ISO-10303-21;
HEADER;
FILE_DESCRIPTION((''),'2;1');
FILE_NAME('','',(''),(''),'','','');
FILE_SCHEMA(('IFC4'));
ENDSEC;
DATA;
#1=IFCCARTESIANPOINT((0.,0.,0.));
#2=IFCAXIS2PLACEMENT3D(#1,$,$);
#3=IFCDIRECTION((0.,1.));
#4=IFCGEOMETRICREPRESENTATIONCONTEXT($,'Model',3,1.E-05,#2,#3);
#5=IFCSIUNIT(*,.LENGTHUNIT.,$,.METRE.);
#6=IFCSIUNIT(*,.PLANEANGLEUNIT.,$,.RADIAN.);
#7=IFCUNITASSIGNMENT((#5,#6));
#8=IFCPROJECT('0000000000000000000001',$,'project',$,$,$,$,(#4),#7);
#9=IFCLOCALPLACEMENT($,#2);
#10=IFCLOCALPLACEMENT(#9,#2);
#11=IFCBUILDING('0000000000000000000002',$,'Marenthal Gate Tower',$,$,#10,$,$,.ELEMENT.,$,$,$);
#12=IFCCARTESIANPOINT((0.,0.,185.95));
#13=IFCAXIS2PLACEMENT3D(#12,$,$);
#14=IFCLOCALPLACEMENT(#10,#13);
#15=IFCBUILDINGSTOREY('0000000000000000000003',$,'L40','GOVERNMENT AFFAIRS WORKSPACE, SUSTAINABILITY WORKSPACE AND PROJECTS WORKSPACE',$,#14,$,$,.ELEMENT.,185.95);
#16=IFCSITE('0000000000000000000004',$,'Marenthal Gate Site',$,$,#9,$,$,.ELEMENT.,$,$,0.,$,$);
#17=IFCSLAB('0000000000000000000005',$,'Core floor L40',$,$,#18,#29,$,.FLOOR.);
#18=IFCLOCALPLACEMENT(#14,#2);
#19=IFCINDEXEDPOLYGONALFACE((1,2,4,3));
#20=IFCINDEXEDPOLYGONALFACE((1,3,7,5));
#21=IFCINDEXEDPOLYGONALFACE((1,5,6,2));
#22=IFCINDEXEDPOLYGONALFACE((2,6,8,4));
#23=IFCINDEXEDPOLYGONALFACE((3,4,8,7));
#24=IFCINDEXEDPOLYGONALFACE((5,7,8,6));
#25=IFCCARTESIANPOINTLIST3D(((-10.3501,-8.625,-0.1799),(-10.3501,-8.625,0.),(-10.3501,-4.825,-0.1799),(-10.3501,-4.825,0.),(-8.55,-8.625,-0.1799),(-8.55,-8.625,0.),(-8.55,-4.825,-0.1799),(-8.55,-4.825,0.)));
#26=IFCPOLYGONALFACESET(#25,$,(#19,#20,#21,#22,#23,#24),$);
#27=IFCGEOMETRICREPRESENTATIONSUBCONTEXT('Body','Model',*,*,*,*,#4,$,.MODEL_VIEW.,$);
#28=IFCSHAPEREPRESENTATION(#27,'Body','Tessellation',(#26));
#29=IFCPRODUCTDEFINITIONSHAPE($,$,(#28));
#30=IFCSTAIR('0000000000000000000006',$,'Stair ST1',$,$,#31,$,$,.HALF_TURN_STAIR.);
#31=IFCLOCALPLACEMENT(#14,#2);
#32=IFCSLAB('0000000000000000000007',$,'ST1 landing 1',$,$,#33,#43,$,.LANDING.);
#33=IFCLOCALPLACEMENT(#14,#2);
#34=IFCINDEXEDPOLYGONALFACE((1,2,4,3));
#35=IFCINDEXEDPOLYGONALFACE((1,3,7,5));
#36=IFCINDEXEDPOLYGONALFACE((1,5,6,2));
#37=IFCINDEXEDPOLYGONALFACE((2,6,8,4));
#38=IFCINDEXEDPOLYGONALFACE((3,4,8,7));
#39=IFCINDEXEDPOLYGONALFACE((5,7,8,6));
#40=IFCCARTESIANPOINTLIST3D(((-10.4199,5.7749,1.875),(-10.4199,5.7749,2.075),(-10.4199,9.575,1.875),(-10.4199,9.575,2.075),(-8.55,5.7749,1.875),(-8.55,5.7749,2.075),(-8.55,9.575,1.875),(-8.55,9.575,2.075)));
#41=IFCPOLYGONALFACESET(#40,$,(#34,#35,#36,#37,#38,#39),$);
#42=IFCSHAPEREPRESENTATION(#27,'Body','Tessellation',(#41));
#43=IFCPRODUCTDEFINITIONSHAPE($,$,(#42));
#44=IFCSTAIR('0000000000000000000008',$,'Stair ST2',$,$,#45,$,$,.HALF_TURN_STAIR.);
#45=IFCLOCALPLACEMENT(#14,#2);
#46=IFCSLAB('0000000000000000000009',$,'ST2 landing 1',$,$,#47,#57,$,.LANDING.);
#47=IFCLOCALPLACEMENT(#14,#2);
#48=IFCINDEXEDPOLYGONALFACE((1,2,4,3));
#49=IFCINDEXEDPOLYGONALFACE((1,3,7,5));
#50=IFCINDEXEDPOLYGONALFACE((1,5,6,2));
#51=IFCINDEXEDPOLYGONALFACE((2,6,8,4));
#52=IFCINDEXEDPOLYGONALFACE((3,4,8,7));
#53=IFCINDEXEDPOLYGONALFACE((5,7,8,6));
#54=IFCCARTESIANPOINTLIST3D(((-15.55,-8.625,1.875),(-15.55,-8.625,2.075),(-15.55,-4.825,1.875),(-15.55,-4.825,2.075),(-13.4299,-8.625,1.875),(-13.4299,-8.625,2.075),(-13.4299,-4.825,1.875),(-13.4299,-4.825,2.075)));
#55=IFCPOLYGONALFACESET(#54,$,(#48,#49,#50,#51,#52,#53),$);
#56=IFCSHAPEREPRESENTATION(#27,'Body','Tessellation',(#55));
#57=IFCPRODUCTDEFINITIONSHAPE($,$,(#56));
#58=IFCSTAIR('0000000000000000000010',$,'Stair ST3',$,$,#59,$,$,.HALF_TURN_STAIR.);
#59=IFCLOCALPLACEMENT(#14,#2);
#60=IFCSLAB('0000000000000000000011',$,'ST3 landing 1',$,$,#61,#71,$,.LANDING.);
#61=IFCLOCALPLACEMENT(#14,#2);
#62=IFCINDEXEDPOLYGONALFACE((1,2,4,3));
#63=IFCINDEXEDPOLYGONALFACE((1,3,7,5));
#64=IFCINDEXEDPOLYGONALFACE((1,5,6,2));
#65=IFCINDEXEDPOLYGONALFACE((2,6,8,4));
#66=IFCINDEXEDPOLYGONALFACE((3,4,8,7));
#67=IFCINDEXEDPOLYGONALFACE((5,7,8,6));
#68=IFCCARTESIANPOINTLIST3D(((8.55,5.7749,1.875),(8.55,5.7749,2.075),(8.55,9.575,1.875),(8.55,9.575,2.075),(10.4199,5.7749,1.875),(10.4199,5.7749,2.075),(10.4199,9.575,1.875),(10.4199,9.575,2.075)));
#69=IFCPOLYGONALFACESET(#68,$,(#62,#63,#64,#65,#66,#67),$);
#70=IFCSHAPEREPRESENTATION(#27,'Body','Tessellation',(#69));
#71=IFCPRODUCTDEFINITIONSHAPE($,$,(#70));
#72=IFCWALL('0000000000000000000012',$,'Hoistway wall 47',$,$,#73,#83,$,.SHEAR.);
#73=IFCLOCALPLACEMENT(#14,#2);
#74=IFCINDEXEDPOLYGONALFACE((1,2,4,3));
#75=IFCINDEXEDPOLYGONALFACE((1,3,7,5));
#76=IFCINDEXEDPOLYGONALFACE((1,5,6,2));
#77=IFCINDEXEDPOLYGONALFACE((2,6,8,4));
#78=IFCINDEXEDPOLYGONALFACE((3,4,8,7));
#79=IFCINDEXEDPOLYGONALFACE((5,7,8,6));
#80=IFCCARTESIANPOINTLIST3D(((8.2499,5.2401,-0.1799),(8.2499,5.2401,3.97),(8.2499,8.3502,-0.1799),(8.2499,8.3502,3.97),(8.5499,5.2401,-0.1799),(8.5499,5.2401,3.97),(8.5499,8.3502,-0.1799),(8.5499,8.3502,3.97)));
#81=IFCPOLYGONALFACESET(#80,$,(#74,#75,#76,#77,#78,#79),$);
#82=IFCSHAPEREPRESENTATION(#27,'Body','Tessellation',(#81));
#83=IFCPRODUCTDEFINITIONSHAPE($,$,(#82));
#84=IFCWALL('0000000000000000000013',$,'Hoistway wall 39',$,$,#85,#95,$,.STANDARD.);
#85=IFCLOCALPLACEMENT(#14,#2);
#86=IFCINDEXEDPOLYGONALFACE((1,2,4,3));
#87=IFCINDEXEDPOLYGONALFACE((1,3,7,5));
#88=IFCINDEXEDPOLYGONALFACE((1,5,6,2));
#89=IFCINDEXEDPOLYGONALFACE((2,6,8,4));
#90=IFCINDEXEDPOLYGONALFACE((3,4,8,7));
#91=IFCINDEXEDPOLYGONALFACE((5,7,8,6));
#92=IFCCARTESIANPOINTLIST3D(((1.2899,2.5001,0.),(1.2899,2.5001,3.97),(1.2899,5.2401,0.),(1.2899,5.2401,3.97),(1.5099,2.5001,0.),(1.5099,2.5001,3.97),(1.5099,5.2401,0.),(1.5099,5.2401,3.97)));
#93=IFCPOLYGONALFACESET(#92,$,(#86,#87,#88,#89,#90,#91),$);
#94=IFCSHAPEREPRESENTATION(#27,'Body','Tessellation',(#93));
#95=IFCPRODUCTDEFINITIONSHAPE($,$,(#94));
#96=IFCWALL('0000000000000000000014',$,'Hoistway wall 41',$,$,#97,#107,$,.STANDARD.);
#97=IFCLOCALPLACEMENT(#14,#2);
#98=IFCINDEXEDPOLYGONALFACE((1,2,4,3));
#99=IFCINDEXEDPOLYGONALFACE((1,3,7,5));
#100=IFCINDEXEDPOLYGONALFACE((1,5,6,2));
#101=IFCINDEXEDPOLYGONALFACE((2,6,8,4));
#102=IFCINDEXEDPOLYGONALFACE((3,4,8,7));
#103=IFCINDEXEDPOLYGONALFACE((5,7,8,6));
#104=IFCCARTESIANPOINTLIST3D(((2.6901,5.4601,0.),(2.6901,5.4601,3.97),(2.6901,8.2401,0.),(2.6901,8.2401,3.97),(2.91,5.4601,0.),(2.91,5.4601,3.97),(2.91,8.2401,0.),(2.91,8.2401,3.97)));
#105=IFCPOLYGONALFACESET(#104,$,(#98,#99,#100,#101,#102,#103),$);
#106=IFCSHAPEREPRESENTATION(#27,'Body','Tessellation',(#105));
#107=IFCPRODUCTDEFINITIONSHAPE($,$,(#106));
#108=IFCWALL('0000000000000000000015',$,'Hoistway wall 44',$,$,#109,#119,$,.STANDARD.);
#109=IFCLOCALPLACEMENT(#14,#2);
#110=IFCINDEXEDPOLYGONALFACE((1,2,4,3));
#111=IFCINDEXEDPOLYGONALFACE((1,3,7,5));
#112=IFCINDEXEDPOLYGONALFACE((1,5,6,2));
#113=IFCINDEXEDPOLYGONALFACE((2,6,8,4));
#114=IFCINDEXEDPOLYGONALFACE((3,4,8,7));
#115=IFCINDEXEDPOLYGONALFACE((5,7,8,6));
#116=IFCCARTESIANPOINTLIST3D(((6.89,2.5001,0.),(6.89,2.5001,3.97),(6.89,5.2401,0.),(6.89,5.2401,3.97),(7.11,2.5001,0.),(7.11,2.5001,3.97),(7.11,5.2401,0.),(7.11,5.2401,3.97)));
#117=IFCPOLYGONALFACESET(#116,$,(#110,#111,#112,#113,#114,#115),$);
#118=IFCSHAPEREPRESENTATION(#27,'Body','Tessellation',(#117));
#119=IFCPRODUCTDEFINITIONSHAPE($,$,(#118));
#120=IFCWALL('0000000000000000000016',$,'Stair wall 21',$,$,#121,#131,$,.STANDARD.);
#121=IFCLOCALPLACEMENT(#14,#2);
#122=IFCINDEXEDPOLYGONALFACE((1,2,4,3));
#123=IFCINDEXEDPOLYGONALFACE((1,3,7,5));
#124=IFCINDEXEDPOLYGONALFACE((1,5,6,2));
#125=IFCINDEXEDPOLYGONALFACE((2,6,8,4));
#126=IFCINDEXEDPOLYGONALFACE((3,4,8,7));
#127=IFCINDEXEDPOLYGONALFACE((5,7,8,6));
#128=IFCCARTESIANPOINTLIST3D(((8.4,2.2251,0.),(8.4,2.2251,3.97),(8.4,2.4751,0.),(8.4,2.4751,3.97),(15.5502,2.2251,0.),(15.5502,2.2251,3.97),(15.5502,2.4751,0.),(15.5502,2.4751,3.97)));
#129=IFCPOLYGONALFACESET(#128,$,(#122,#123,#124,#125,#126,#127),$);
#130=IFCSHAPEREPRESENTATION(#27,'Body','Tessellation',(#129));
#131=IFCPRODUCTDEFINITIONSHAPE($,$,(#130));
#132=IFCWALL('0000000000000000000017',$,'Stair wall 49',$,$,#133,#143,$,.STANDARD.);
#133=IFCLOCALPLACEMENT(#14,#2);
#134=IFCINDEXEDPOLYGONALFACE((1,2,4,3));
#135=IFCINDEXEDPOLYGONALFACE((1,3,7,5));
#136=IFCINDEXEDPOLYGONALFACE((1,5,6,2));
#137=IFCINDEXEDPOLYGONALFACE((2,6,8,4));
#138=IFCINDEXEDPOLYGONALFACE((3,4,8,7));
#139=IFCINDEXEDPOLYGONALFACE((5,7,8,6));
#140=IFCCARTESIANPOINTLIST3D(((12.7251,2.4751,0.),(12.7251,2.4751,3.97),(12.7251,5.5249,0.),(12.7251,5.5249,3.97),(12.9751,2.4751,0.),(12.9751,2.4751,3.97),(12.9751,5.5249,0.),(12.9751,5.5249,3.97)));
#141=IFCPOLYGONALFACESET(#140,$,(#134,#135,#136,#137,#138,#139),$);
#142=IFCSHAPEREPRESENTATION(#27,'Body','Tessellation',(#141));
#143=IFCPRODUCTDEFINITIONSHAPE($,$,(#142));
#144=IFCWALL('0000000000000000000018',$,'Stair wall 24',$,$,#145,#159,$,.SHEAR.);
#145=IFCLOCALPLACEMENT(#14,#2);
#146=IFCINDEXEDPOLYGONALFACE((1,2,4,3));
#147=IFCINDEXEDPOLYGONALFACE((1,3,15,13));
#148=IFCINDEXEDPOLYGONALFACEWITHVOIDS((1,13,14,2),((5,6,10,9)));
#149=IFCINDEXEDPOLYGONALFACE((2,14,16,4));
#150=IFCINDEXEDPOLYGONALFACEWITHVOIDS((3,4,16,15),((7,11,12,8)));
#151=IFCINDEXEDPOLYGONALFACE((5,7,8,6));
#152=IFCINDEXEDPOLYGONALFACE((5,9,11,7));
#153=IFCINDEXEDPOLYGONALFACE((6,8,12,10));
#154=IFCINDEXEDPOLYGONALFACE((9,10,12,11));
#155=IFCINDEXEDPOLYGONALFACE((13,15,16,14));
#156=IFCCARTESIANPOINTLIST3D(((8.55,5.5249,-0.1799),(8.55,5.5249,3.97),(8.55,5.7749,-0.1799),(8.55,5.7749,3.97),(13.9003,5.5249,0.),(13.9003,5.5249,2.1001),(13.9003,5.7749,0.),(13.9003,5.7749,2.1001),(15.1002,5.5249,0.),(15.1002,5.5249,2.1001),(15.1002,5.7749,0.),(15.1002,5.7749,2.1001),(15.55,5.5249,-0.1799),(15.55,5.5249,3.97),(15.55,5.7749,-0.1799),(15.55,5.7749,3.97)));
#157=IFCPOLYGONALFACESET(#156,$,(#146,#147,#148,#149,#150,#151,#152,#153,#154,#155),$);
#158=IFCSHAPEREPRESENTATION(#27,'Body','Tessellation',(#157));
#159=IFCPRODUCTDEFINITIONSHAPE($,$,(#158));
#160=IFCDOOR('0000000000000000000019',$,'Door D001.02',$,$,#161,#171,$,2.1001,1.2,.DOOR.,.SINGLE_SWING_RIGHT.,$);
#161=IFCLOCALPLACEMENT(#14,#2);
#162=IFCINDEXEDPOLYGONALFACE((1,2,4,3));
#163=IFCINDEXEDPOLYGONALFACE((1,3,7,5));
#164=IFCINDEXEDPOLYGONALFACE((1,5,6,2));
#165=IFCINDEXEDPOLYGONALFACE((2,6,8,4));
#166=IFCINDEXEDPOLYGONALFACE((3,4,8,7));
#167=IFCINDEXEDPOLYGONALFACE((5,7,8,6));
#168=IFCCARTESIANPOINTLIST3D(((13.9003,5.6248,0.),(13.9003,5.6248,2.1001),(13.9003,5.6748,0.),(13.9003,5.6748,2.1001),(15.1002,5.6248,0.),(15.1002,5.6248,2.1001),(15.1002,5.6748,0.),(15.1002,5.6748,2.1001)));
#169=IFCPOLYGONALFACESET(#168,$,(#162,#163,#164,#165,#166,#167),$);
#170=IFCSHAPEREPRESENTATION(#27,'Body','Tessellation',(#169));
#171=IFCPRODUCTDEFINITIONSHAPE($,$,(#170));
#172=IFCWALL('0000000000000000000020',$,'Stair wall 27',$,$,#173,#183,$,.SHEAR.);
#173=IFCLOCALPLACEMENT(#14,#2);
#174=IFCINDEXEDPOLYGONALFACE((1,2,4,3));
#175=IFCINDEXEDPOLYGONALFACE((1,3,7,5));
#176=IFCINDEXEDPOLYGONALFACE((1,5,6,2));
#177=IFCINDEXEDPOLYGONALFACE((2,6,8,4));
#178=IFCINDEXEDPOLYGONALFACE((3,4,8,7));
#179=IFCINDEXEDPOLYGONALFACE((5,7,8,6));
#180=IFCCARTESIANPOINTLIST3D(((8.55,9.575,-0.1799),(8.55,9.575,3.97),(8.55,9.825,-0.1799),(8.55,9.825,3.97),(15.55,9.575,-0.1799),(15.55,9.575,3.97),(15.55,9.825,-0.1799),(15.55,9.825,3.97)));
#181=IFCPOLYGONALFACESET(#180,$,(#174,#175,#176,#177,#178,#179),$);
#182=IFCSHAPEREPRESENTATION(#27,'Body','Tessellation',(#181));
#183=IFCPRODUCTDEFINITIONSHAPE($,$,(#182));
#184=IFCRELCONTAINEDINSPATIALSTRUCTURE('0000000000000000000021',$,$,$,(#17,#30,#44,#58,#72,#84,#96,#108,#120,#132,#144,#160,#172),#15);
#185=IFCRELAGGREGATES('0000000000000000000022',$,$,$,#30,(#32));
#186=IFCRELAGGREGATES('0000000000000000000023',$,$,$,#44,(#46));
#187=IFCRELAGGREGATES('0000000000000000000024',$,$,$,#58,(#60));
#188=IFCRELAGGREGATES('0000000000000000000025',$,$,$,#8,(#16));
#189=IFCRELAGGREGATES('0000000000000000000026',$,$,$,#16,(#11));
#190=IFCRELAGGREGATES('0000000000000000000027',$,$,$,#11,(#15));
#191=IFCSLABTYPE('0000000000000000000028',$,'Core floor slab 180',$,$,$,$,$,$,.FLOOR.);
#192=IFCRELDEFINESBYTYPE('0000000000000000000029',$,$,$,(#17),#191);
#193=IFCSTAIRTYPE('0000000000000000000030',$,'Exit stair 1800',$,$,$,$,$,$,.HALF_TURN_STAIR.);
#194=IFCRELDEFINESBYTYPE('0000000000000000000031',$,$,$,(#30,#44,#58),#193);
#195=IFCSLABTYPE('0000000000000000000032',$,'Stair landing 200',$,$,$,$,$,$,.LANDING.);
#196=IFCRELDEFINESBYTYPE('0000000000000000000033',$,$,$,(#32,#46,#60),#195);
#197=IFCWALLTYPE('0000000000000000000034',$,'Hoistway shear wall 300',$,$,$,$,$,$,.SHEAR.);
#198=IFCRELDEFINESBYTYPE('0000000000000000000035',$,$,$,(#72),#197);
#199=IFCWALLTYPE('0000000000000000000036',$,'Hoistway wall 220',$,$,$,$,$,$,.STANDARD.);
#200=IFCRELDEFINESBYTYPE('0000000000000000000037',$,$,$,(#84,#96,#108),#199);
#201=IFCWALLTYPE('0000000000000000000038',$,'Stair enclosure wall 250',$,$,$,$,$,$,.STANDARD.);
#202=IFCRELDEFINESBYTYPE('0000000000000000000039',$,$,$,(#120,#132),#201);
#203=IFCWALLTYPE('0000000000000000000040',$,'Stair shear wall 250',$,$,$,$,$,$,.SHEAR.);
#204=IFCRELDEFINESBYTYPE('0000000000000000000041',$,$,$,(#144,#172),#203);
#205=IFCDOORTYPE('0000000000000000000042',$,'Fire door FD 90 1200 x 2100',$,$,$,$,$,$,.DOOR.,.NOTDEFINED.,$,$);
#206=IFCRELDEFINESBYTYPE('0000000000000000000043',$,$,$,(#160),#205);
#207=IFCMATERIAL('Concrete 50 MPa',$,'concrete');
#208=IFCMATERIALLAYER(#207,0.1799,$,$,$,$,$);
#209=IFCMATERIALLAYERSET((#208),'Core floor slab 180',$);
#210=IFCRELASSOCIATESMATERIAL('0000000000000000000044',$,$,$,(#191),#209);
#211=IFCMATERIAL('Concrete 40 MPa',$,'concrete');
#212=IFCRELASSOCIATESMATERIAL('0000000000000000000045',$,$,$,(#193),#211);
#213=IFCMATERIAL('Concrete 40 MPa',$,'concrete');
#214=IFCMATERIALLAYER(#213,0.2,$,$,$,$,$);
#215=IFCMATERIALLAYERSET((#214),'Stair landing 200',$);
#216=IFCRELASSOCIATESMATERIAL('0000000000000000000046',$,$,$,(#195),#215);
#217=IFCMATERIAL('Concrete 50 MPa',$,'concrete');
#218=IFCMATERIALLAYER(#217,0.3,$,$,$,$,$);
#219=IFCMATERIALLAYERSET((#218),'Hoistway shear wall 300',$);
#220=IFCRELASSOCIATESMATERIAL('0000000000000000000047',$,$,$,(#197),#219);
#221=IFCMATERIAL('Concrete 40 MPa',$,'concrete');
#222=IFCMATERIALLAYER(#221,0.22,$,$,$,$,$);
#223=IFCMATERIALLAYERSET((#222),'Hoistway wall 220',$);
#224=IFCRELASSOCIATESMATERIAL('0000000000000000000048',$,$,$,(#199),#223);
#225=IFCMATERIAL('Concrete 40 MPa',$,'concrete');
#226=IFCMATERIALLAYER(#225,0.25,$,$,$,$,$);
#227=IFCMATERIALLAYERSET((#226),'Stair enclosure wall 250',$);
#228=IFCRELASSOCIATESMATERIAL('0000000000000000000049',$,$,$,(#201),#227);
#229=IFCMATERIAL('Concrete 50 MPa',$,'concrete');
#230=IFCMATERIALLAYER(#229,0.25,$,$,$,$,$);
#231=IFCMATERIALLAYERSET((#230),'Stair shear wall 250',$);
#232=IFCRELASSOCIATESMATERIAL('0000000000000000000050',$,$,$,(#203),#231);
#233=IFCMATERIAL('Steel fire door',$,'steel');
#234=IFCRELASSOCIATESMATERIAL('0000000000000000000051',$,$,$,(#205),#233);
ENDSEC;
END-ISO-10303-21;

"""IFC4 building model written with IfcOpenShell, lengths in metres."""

from ifc_helpers import new_model, si_unit, direction, frame, frame_2d, origin, place, context, subcontext, project, spatial, polyline, rectangle, outline, extrude, material, layer, layer_set, type_object, element, fill, aggregate, save


model = new_model("IFC4")

# Units and contexts
model_context = context("Model", 3, precision=1e-05, world=origin(), true_north=direction((0.0, 1.0)))
body_context = subcontext(model_context, "Body", "Model", "MODEL_VIEW")
ifc_project = project(units=[si_unit("LENGTHUNIT", "METRE"), si_unit("PLANEANGLEUNIT", "RADIAN")], contexts=[model_context])

# Site, building, storey
site_placement = place(None, origin())
site = spatial("IfcSite", under=ifc_project, at=site_placement, Name="Marenthal Gate Site", CompositionType="ELEMENT", RefElevation=0.0)
building_placement = place(site_placement, origin())
building = spatial("IfcBuilding", under=site, at=building_placement, Name="Marenthal Gate Tower", CompositionType="ELEMENT")
storey_placement = place(building_placement, frame((0.0, 0.0, 185.95)))
storey = spatial("IfcBuildingStorey", under=building, at=storey_placement, Name="L40", Description="GOVERNMENT AFFAIRS WORKSPACE, SUSTAINABILITY WORKSPACE AND PROJECTS WORKSPACE", CompositionType="ELEMENT", Elevation=185.95)

# Slab
ifc_material_1 = material(Name="Concrete 50 MPa", Category="concrete")
ifc_layer_1 = layer(ifc_material_1, 0.1799)
ifc_layer_set_1 = layer_set([ifc_layer_1], Name="Core floor slab 180")
slab_type_1 = type_object("IfcSlabType", Name="Core floor slab 180", PredefinedType="FLOOR", material=ifc_layer_set_1)
slab_1_placement = place(storey_placement, frame((0.0, 0.0, -0.1799)))
element("IfcSlab", 1, at=slab_1_placement, inside=storey, type_object=slab_type_1, Name="Core floor L40", PredefinedType="FLOOR", context=body_context, shape_type="SweptSolid", body=[
    extrude(outline(polyline([(-8.55, -8.625), (-10.3501, -8.625), (-10.3501, -4.825), (-8.55, -4.825), (-8.55, -8.625)])), origin(), (0.0, 0.0, 1.0), 0.1799),
])

# Stairs, slabs
ifc_material_2 = material(Name="Concrete 40 MPa", Category="concrete")
stair_type = type_object("IfcStairType", Name="Exit stair 1800", PredefinedType="HALF_TURN_STAIR", material=ifc_material_2)
stair_1_placement = place(storey_placement, origin())
stair_1 = element("IfcStair", 2, at=stair_1_placement, inside=storey, type_object=stair_type, Name="Stair ST1", PredefinedType="HALF_TURN_STAIR")
ifc_material_3 = material(Name="Concrete 40 MPa", Category="concrete")
ifc_layer_2 = layer(ifc_material_3, 0.2)
ifc_layer_set_2 = layer_set([ifc_layer_2], Name="Stair landing 200")
slab_type_2 = type_object("IfcSlabType", Name="Stair landing 200", PredefinedType="LANDING", material=ifc_layer_set_2)
slab_2_placement = place(storey_placement, frame((0.0, 0.0, 1.875)))
slab_2 = element("IfcSlab", 3, at=slab_2_placement, type_object=slab_type_2, Name="ST1 landing 1", PredefinedType="LANDING", context=body_context, shape_type="SweptSolid", body=[
    extrude(outline(polyline([(-10.4199, 5.7749), (-8.55, 5.7749), (-8.55, 9.575), (-10.4199, 9.575), (-10.4199, 5.7749)])), origin(), (0.0, 0.0, 1.0), 0.2),
])
aggregate(stair_1, [slab_2])
stair_2_placement = place(storey_placement, origin())
stair_2 = element("IfcStair", 4, at=stair_2_placement, inside=storey, type_object=stair_type, Name="Stair ST2", PredefinedType="HALF_TURN_STAIR")
slab_3_placement = place(storey_placement, frame((0.0, 0.0, 1.875)))
slab_3 = element("IfcSlab", 5, at=slab_3_placement, type_object=slab_type_2, Name="ST2 landing 1", PredefinedType="LANDING", context=body_context, shape_type="SweptSolid", body=[
    extrude(outline(polyline([(-15.55, -8.625), (-13.4299, -8.625), (-13.4299, -4.825), (-15.55, -4.825), (-15.55, -8.625)])), origin(), (0.0, 0.0, 1.0), 0.2),
])
aggregate(stair_2, [slab_3])
stair_3_placement = place(storey_placement, origin())
stair_3 = element("IfcStair", 6, at=stair_3_placement, inside=storey, type_object=stair_type, Name="Stair ST3", PredefinedType="HALF_TURN_STAIR")
slab_4_placement = place(storey_placement, frame((0.0, 0.0, 1.875)))
slab_4 = element("IfcSlab", 7, at=slab_4_placement, type_object=slab_type_2, Name="ST3 landing 1", PredefinedType="LANDING", context=body_context, shape_type="SweptSolid", body=[
    extrude(outline(polyline([(8.55, 5.7749), (10.4199, 5.7749), (10.4199, 9.575), (8.55, 9.575), (8.55, 5.7749)])), origin(), (0.0, 0.0, 1.0), 0.2),
])

# Walls
ifc_material_4 = material(Name="Concrete 50 MPa", Category="concrete")
ifc_layer_3 = layer(ifc_material_4, 0.3)
ifc_layer_set_3 = layer_set([ifc_layer_3], Name="Hoistway shear wall 300")
wall_type_1 = type_object("IfcWallType", Name="Hoistway shear wall 300", PredefinedType="SHEAR", material=ifc_layer_set_3)
wall_1_placement = place(storey_placement, frame((8.3999, 5.24, -0.1799), z_axis=(0.0, 0.0, 1.0), x_axis=(0.0, 1.0, 0.0)))
element("IfcWall", 8, at=wall_1_placement, inside=storey, type_object=wall_type_1, Name="Hoistway wall 47", PredefinedType="SHEAR", context=body_context, shape_type="SweptSolid", body=[
    extrude(rectangle(XDim=3.1101, YDim=0.3, at=frame_2d((1.5552, 0.0))), origin(), (0.0, 0.0, 1.0), 4.1499),
])
ifc_material_5 = material(Name="Concrete 40 MPa", Category="concrete")
ifc_layer_4 = layer(ifc_material_5, 0.22)
ifc_layer_set_4 = layer_set([ifc_layer_4], Name="Hoistway wall 220")
wall_type_2 = type_object("IfcWallType", Name="Hoistway wall 220", PredefinedType="STANDARD", material=ifc_layer_set_4)
wall_2_placement = place(storey_placement, frame((1.3999, 2.5, 0.0), z_axis=(0.0, 0.0, 1.0), x_axis=(0.0, 1.0, 0.0)))
element("IfcWall", 9, at=wall_2_placement, inside=storey, type_object=wall_type_2, Name="Hoistway wall 39", PredefinedType="STANDARD", context=body_context, shape_type="SweptSolid", body=[
    extrude(rectangle(XDim=2.74, YDim=0.22, at=frame_2d((1.3701, 0.0))), origin(), (0.0, 0.0, 1.0), 3.97),
])
wall_3_placement = place(storey_placement, frame((2.8, 5.46, 0.0), z_axis=(0.0, 0.0, 1.0), x_axis=(0.0, 1.0, 0.0)))
element("IfcWall", 10, at=wall_3_placement, inside=storey, type_object=wall_type_2, Name="Hoistway wall 41", PredefinedType="STANDARD", context=body_context, shape_type="SweptSolid", body=[
    extrude(rectangle(XDim=2.78, YDim=0.22, at=frame_2d((1.3901, 0.0))), origin(), (0.0, 0.0, 1.0), 3.97),
])
wall_4_placement = place(storey_placement, frame((7.0, 2.5, 0.0), z_axis=(0.0, 0.0, 1.0), x_axis=(0.0, 1.0, 0.0)))
element("IfcWall", 11, at=wall_4_placement, inside=storey, type_object=wall_type_2, Name="Hoistway wall 44", PredefinedType="STANDARD", context=body_context, shape_type="SweptSolid", body=[
    extrude(rectangle(XDim=2.74, YDim=0.22, at=frame_2d((1.3701, 0.0))), origin(), (0.0, 0.0, 1.0), 3.97),
])
ifc_material_6 = material(Name="Concrete 40 MPa", Category="concrete")
ifc_layer_5 = layer(ifc_material_6, 0.25)
ifc_layer_set_5 = layer_set([ifc_layer_5], Name="Stair enclosure wall 250")
wall_type_3 = type_object("IfcWallType", Name="Stair enclosure wall 250", PredefinedType="STANDARD", material=ifc_layer_set_5)
wall_5_placement = place(storey_placement, frame((8.3999, 2.3501, 0.0), z_axis=(0.0, 0.0, 1.0), x_axis=(1.0, 0.0, 0.0)))
element("IfcWall", 12, at=wall_5_placement, inside=storey, type_object=wall_type_3, Name="Stair wall 21", PredefinedType="STANDARD", context=body_context, shape_type="SweptSolid", body=[
    extrude(rectangle(XDim=7.1501, YDim=0.25, at=frame_2d((3.5752, 0.0))), origin(), (0.0, 0.0, 1.0), 3.97),
])
wall_6_placement = place(storey_placement, frame((12.8501, 2.4751, 0.0), z_axis=(0.0, 0.0, 1.0), x_axis=(0.0, 1.0, 0.0)))
element("IfcWall", 13, at=wall_6_placement, inside=storey, type_object=wall_type_3, Name="Stair wall 49", PredefinedType="STANDARD", context=body_context, shape_type="SweptSolid", body=[
    extrude(rectangle(XDim=3.0498, YDim=0.25, at=frame_2d((1.5249, 0.0))), origin(), (0.0, 0.0, 1.0), 3.97),
])

# Wall, opening, door
ifc_material_7 = material(Name="Concrete 50 MPa", Category="concrete")
ifc_layer_6 = layer(ifc_material_7, 0.25)
ifc_layer_set_6 = layer_set([ifc_layer_6], Name="Stair shear wall 250")
wall_type_4 = type_object("IfcWallType", Name="Stair shear wall 250", PredefinedType="SHEAR", material=ifc_layer_set_6)
wall_7_placement = place(storey_placement, frame((8.55, 5.6499, -0.1799), z_axis=(0.0, 0.0, 1.0), x_axis=(1.0, 0.0, 0.0)))
wall_7 = element("IfcWall", 14, at=wall_7_placement, inside=storey, type_object=wall_type_4, Name="Stair wall 24", PredefinedType="SHEAR", context=body_context, shape_type="SweptSolid", body=[
    extrude(rectangle(XDim=7.0, YDim=0.25, at=frame_2d((3.5, 0.0))), origin(), (0.0, 0.0, 1.0), 4.1499),
])
opening_placement = place(wall_7_placement, frame((5.3501, 0.0, 0.1799)))
opening = element("IfcOpeningElement", 15, at=opening_placement, cuts=wall_7, PredefinedType="OPENING", context=body_context, shape_type="SweptSolid", body=[
    extrude(rectangle(XDim=1.2, YDim=2.1001, at=frame_2d((0.6001, 1.05))), frame((0.0, 0.135, 0.0), z_axis=(0.0, -1.0, 0.0), x_axis=(1.0, 0.0, 0.0)), (0.0, 0.0, 1.0), 0.27),
])
ifc_material_8 = material(Name="Steel fire door", Category="steel")
door_type = type_object("IfcDoorType", Name="Fire door FD 90 1200 x 2100", OperationType="NOTDEFINED", PredefinedType="DOOR", material=ifc_material_8)
door_placement = place(opening_placement, origin())
door = element("IfcDoor", 16, at=door_placement, inside=storey, type_object=door_type, Name="Door D001.02", OperationType="SINGLE_SWING_RIGHT", OverallHeight=2.1001, OverallWidth=1.2, PredefinedType="DOOR", context=body_context, shape_type="SweptSolid", body=[
    extrude(rectangle(XDim=1.2, YDim=2.1001, at=frame_2d((0.6001, 1.05))), frame((0.0, 0.0249, 0.0), z_axis=(0.0, -1.0, 0.0), x_axis=(1.0, 0.0, 0.0)), (0.0, 0.0, 1.0), 0.05),
])
fill(opening, door)

# Wall
wall_8_placement = place(storey_placement, frame((8.55, 9.7, -0.1799), z_axis=(0.0, 0.0, 1.0), x_axis=(1.0, 0.0, 0.0)))
element("IfcWall", 17, at=wall_8_placement, inside=storey, type_object=wall_type_4, Name="Stair wall 27", PredefinedType="SHEAR", context=body_context, shape_type="SweptSolid", body=[
    extrude(rectangle(XDim=7.0, YDim=0.25, at=frame_2d((3.5, 0.0))), origin(), (0.0, 0.0, 1.0), 4.1499),
])

aggregate(stair_3, [slab_4])

save(model, "model.ifc")
